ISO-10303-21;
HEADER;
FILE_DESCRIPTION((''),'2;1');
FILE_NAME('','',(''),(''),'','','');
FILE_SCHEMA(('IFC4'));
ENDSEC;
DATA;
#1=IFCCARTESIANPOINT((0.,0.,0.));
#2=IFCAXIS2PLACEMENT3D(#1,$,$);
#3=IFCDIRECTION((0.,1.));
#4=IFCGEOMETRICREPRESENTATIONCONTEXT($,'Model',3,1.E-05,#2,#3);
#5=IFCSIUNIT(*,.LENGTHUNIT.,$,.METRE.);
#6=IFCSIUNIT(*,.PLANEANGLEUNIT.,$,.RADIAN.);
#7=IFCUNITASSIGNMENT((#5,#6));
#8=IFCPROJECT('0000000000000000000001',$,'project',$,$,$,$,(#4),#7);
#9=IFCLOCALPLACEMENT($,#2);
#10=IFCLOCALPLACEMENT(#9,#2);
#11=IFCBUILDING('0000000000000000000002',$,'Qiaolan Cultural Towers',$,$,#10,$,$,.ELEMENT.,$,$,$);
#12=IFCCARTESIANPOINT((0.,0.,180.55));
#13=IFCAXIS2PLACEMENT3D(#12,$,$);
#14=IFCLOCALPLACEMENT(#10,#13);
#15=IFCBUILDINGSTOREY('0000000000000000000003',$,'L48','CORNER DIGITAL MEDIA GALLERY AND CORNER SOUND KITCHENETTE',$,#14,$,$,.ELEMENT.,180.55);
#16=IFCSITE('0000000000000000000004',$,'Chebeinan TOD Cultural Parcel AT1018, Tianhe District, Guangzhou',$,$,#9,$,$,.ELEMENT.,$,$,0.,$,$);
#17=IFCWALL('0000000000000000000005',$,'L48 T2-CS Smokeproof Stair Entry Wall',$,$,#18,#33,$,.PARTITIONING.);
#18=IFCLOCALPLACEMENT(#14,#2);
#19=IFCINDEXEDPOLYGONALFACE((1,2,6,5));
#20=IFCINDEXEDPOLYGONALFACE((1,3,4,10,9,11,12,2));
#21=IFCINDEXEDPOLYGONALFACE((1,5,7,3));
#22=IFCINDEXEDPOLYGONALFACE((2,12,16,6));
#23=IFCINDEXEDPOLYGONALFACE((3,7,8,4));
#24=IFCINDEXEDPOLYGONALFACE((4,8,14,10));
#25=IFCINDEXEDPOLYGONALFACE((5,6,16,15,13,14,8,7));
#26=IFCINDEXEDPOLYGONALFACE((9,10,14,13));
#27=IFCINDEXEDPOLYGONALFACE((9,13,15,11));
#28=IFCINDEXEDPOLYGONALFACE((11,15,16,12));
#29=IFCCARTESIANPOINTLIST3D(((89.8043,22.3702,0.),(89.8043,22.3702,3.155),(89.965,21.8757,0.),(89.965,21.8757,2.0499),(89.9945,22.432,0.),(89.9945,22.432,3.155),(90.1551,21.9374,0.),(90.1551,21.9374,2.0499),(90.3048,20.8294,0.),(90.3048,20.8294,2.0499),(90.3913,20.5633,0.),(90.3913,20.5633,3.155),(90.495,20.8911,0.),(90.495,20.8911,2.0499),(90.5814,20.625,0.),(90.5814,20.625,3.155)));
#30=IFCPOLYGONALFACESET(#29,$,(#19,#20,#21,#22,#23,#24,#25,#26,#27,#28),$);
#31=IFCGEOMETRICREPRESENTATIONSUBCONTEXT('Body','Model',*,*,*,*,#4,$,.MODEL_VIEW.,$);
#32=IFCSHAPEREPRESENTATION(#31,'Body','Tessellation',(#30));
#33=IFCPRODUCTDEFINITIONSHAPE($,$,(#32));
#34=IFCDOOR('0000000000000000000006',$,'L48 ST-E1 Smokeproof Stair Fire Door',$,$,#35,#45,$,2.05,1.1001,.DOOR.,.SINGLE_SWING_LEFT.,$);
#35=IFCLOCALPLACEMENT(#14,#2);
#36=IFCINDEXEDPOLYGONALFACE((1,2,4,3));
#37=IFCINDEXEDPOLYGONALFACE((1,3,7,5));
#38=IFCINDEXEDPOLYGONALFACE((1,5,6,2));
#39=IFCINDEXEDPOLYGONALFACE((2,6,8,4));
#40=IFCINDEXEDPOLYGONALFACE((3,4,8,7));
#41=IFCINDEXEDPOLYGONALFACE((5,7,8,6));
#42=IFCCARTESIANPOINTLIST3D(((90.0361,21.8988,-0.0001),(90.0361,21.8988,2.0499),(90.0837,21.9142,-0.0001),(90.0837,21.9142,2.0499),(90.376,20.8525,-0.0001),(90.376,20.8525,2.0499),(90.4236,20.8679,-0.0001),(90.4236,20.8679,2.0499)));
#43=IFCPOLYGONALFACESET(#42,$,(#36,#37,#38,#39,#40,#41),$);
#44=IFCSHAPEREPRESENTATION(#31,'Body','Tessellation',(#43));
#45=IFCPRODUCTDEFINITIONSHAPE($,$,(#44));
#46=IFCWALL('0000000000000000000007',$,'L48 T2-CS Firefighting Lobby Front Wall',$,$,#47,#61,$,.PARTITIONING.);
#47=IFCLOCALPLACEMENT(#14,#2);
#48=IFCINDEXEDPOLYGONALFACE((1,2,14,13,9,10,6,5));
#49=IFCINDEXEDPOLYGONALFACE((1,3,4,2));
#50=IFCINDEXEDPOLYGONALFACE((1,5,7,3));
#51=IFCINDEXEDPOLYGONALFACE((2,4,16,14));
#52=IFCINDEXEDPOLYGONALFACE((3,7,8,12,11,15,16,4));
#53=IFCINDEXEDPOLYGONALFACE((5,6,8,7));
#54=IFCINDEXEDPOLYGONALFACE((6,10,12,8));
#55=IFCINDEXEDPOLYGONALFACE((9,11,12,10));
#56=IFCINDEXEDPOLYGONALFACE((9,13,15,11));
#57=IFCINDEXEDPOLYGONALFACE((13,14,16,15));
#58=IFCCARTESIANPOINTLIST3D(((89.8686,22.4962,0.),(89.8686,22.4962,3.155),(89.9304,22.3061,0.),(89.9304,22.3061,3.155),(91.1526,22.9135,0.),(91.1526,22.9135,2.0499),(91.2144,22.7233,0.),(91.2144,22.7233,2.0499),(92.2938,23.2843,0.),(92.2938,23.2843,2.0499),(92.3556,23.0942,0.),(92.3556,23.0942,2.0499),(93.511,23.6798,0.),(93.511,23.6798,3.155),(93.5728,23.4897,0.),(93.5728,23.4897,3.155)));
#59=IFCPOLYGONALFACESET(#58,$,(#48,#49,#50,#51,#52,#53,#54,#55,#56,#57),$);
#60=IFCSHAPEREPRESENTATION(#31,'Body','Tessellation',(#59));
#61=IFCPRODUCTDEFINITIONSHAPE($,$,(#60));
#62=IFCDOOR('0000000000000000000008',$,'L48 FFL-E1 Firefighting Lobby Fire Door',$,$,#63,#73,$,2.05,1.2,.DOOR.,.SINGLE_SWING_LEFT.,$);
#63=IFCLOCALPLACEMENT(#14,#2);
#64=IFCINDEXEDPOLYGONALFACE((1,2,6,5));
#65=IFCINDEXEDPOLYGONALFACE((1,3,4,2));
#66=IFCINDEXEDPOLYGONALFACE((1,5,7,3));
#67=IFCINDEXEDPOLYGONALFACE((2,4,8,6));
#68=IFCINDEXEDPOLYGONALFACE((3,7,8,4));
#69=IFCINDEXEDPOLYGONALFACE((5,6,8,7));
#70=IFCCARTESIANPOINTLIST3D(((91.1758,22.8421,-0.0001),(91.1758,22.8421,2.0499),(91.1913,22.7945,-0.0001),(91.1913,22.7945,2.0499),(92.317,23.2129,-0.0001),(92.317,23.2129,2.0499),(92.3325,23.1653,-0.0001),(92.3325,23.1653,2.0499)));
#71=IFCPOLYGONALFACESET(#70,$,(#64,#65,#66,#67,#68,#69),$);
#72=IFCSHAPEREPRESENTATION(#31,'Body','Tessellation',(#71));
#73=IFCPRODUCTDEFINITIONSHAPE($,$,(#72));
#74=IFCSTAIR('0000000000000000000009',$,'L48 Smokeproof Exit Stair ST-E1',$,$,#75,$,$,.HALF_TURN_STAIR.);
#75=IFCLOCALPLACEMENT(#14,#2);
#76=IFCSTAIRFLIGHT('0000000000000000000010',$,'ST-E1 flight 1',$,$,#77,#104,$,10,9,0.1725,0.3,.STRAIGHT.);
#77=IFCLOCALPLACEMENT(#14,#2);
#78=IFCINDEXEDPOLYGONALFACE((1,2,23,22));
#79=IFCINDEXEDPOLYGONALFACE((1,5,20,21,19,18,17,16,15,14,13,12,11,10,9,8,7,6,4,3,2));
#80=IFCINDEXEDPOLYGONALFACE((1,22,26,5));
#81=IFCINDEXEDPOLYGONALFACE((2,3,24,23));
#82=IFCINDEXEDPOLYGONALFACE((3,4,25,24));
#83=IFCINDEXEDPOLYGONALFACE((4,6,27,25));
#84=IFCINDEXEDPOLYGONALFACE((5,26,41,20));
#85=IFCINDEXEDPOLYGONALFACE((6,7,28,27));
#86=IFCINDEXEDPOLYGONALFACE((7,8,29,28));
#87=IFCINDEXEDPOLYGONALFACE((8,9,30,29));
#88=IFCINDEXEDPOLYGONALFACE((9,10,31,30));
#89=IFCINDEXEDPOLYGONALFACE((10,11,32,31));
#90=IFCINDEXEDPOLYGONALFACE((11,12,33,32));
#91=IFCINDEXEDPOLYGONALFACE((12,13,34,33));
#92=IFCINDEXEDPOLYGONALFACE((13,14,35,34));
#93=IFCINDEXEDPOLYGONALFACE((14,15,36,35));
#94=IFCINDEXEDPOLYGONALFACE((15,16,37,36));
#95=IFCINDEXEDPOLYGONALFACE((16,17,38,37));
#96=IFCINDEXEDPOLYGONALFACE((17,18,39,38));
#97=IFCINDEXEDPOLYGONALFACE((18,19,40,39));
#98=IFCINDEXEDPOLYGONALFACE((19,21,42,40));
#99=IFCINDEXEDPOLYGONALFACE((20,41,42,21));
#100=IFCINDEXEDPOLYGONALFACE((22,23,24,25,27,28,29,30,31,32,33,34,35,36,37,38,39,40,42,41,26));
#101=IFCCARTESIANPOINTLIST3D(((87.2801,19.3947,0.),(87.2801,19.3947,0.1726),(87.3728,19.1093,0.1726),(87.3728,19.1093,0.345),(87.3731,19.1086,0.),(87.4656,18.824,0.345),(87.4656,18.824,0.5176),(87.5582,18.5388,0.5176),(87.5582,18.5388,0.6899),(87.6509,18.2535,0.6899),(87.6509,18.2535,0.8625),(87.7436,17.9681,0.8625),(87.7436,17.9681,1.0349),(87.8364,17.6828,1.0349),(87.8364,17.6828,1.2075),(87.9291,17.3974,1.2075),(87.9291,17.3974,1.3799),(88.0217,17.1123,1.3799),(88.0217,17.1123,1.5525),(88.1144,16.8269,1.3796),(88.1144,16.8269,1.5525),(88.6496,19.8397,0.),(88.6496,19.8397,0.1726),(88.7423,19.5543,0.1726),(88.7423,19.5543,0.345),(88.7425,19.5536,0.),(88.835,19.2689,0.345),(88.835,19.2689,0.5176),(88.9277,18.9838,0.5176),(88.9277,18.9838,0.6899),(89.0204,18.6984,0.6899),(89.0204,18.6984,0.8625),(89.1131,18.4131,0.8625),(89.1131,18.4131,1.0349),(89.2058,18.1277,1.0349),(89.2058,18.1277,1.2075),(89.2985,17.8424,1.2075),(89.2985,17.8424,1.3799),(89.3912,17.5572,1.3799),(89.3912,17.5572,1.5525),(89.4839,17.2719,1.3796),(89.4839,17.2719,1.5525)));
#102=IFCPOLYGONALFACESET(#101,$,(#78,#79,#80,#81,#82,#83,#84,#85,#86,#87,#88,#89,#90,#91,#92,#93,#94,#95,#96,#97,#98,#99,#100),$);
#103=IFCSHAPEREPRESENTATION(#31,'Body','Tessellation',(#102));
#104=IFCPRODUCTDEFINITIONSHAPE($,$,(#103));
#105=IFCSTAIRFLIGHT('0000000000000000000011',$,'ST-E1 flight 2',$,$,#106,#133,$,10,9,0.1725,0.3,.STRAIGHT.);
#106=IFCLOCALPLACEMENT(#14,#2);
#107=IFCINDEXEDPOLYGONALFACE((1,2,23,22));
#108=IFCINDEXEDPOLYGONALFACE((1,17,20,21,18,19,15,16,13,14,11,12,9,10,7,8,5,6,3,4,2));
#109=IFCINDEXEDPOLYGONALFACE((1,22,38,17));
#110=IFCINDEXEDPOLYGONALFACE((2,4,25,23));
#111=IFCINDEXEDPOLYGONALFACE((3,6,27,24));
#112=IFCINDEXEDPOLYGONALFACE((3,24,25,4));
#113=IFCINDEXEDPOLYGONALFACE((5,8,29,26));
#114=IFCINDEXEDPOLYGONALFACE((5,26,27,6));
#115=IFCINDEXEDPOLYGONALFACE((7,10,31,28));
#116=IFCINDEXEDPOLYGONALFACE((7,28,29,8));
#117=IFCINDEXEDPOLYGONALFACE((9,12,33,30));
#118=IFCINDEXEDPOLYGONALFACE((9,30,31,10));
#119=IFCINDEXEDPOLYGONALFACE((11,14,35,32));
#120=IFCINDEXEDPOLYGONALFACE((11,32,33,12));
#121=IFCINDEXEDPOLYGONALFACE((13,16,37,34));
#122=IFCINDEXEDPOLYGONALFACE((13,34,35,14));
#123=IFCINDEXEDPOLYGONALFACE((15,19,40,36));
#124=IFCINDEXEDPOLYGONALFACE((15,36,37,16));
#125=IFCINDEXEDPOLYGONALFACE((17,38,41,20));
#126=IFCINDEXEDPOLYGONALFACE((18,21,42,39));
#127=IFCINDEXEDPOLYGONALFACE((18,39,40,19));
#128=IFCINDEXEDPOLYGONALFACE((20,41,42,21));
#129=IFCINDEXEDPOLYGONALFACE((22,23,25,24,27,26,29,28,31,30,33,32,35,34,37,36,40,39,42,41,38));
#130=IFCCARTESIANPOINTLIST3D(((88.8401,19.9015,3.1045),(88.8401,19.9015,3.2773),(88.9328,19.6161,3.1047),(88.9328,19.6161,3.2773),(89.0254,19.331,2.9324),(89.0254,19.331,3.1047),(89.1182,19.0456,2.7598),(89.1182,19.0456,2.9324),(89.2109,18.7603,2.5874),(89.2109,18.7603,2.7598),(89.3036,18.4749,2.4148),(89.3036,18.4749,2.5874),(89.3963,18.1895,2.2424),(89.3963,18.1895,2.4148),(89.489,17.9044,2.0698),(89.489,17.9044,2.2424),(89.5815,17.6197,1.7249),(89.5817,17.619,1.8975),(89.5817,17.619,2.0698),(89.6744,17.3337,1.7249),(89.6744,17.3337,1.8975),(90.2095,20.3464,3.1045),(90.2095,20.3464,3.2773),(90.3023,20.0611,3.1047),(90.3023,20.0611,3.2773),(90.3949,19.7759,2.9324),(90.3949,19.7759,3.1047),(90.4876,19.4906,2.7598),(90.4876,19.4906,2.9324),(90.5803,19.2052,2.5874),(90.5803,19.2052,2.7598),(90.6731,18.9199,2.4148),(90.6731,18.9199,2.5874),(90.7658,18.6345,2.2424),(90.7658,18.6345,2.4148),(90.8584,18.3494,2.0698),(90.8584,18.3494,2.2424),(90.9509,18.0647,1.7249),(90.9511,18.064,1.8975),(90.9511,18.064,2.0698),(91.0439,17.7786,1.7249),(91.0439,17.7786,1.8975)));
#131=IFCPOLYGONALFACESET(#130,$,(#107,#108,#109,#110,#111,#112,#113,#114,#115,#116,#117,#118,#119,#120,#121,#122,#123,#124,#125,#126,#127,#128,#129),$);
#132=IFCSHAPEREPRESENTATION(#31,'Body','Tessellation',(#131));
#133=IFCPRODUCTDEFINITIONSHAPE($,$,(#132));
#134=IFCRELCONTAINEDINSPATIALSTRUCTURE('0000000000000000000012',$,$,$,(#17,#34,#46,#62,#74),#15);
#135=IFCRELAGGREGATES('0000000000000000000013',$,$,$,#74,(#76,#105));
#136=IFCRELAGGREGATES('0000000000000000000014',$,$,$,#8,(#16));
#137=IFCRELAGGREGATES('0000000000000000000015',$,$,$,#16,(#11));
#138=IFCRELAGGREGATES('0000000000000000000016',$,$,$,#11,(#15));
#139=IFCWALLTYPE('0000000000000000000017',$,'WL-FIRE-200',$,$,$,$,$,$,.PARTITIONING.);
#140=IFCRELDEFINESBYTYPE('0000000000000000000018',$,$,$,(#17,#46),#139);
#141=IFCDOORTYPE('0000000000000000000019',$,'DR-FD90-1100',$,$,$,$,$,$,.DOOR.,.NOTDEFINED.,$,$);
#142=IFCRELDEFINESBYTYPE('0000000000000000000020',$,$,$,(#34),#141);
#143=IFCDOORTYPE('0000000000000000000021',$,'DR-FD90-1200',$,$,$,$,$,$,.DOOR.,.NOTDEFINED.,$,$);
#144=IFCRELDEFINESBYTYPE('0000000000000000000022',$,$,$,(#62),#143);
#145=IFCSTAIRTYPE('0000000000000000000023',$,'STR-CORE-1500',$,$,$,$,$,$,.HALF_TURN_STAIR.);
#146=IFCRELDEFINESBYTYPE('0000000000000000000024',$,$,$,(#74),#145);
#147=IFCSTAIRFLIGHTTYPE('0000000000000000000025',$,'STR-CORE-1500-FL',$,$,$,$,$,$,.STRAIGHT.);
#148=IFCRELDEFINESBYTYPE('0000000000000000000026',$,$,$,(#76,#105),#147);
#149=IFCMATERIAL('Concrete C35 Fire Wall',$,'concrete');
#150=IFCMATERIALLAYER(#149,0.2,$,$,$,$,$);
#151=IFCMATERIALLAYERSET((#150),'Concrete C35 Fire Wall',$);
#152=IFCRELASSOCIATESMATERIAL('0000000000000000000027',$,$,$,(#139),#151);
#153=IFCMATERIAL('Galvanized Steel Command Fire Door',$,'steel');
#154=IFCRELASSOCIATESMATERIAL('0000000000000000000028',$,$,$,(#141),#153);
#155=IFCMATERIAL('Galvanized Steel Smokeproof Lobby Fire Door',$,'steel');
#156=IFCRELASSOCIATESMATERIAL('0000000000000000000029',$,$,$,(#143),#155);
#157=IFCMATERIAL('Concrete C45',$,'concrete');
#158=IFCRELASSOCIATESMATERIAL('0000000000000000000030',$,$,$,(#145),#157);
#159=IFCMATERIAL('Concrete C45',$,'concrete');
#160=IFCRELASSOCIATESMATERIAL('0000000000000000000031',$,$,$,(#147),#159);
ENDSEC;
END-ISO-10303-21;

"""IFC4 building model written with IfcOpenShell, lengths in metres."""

from ifc_helpers import new_model, si_unit, direction, frame, frame_2d, origin, place, context, subcontext, project, spatial, polyline, rectangle, outline, extrude, material, layer, layer_set, type_object, element, fill, aggregate, save


model = new_model("IFC4")

# Units and contexts
model_context = context("Model", 3, precision=1e-05, world=origin(), true_north=direction((0.0, 1.0)))
body_context = subcontext(model_context, "Body", "Model", "MODEL_VIEW")
ifc_project = project(units=[si_unit("LENGTHUNIT", "METRE"), si_unit("PLANEANGLEUNIT", "RADIAN")], contexts=[model_context])

# Site, building, storey
site_placement = place(None, origin())
site = spatial("IfcSite", under=ifc_project, at=site_placement, Name="Chebeinan TOD Cultural Parcel AT1018, Tianhe District, Guangzhou", CompositionType="ELEMENT", RefElevation=0.0)
building_placement = place(site_placement, origin())
building = spatial("IfcBuilding", under=site, at=building_placement, Name="Qiaolan Cultural Towers", CompositionType="ELEMENT")
storey_placement = place(building_placement, frame((0.0, 0.0, 180.55)))
storey = spatial("IfcBuildingStorey", under=building, at=storey_placement, Name="L48", Description="CORNER DIGITAL MEDIA GALLERY AND CORNER SOUND KITCHENETTE", CompositionType="ELEMENT", Elevation=180.55)

# Walls, openings, doors
ifc_material_1 = material(Name="Concrete C35 Fire Wall", Category="concrete")
ifc_layer_1 = layer(ifc_material_1, 0.2)
ifc_layer_set_1 = layer_set([ifc_layer_1], Name="Concrete C35 Fire Wall")
wall_type_1 = type_object("IfcWallType", Name="WL-FIRE-200", PredefinedType="PARTITIONING", material=ifc_layer_set_1)
wall_1_placement = place(storey_placement, frame((89.8994, 22.4011, 0.0), z_axis=(0.0, 0.0, 1.0), x_axis=(0.308932, -0.951084, 0.0)))
wall_1 = element("IfcWall", 1, at=wall_1_placement, inside=storey, type_object=wall_type_1, Name="L48 T2-CS Smokeproof Stair Entry Wall", PredefinedType="PARTITIONING", context=body_context, shape_type="SweptSolid", body=[
    extrude(rectangle(XDim=1.8999, YDim=0.2, at=frame_2d((0.95, 0.0))), origin(), (0.0, 0.0, 1.0), 3.155),
])
opening_1_placement = place(wall_1_placement, frame((0.52, 0.0, 0.0)))
opening_1 = element("IfcOpeningElement", 2, at=opening_1_placement, cuts=wall_1, PredefinedType="OPENING", context=body_context, shape_type="SweptSolid", body=[
    extrude(rectangle(XDim=1.1001, YDim=2.05, at=frame_2d((0.55, 1.0249))), frame((0.0, 0.1099, 0.0), z_axis=(0.0, -1.0, 0.0), x_axis=(1.0, 0.0, 0.0)), (0.0, 0.0, 1.0), 0.22),
])
ifc_material_2 = material(Name="Galvanized Steel Command Fire Door", Category="steel")
door_type_1 = type_object("IfcDoorType", Name="DR-FD90-1100", OperationType="NOTDEFINED", PredefinedType="DOOR", material=ifc_material_2)
door_1_placement = place(opening_1_placement, origin())
door_1 = element("IfcDoor", 3, at=door_1_placement, inside=storey, type_object=door_type_1, Name="L48 ST-E1 Smokeproof Stair Fire Door", OperationType="SINGLE_SWING_LEFT", OverallHeight=2.05, OverallWidth=1.1001, PredefinedType="DOOR", context=body_context, shape_type="SweptSolid", body=[
    extrude(rectangle(XDim=1.1001, YDim=2.05, at=frame_2d((0.55, 1.0249))), frame((0.0, 0.0249, 0.0), z_axis=(0.0, -1.0, 0.0), x_axis=(1.0, 0.0, 0.0)), (0.0, 0.0, 1.0), 0.05),
])
fill(opening_1, door_1)
wall_2_placement = place(storey_placement, frame((89.8994, 22.4011, 0.0), z_axis=(0.0, 0.0, 1.0), x_axis=(0.951047, 0.309047, 0.0)))
wall_2 = element("IfcWall", 4, at=wall_2_placement, inside=storey, type_object=wall_type_1, Name="L48 T2-CS Firefighting Lobby Front Wall", PredefinedType="PARTITIONING", context=body_context, shape_type="SweptSolid", body=[
    extrude(rectangle(XDim=3.8298, YDim=0.2, at=frame_2d((1.915, 0.0))), origin(), (0.0, 0.0, 1.0), 3.155),
])
opening_2_placement = place(wall_2_placement, frame((1.3501, 0.0, 0.0)))
opening_2 = element("IfcOpeningElement", 5, at=opening_2_placement, cuts=wall_2, PredefinedType="OPENING", context=body_context, shape_type="SweptSolid", body=[
    extrude(rectangle(XDim=1.2, YDim=2.05, at=frame_2d((0.6001, 1.0249))), frame((0.0, 0.1099, 0.0), z_axis=(0.0, -1.0, 0.0), x_axis=(1.0, 0.0, 0.0)), (0.0, 0.0, 1.0), 0.22),
])
ifc_material_3 = material(Name="Galvanized Steel Smokeproof Lobby Fire Door", Category="steel")
door_type_2 = type_object("IfcDoorType", Name="DR-FD90-1200", OperationType="NOTDEFINED", PredefinedType="DOOR", material=ifc_material_3)
door_2_placement = place(opening_2_placement, origin())
door_2 = element("IfcDoor", 6, at=door_2_placement, inside=storey, type_object=door_type_2, Name="L48 FFL-E1 Firefighting Lobby Fire Door", OperationType="SINGLE_SWING_LEFT", OverallHeight=2.05, OverallWidth=1.2, PredefinedType="DOOR", context=body_context, shape_type="SweptSolid", body=[
    extrude(rectangle(XDim=1.2, YDim=2.05, at=frame_2d((0.6001, 1.0249))), frame((0.0, 0.0249, 0.0), z_axis=(0.0, -1.0, 0.0), x_axis=(1.0, 0.0, 0.0)), (0.0, 0.0, 1.0), 0.05),
])
fill(opening_2, door_2)

# Stair, stair flights
ifc_material_4 = material(Name="Concrete C45", Category="concrete")
stair_type = type_object("IfcStairType", Name="STR-CORE-1500", PredefinedType="HALF_TURN_STAIR", material=ifc_material_4)
stair_placement = place(storey_placement, origin())
stair = element("IfcStair", 7, at=stair_placement, inside=storey, type_object=stair_type, Name="L48 Smokeproof Exit Stair ST-E1", PredefinedType="HALF_TURN_STAIR")
ifc_material_5 = material(Name="Concrete C45", Category="concrete")
stair_flight_type = type_object("IfcStairFlightType", Name="STR-CORE-1500-FL", PredefinedType="STRAIGHT", material=ifc_material_5)
stair_flight_1_placement = place(storey_placement, frame((87.9648, 19.6172, 0.0), z_axis=(0.0, 0.0, 1.0), x_axis=(0.309017, -0.951057, 0.0)))
stair_flight_1 = element("IfcStairFlight", 8, at=stair_flight_1_placement, type_object=stair_flight_type, Name="ST-E1 flight 1", NumberOfRisers=10, NumberOfTreads=9, PredefinedType="STRAIGHT", RiserHeight=0.1725, TreadLength=0.3, context=body_context, shape_type="SweptSolid", body=[
    extrude(outline(polyline([(0.0, 0.0), (0.0, 0.1726), (0.3, 0.1726), (0.3, 0.345), (0.6001, 0.345), (0.6001, 0.5176), (0.8999, 0.5176), (0.8999, 0.6899), (1.2, 0.6899), (1.2, 0.8625), (1.5, 0.8625), (1.5, 1.0349), (1.8, 1.0349), (1.8, 1.2075), (2.1001, 1.2075), (2.1001, 1.3799), (2.3999, 1.3799), (2.3999, 1.5525), (2.7, 1.5525), (2.7, 1.7251), (2.7, 1.3796), (0.3008, 0.0), (0.0, 0.0)])), frame((0.0, 0.72, 0.0), z_axis=(0.0, -1.0, 0.0), x_axis=(1.0, 0.0, 0.0)), (0.0, 0.0, 1.0), 1.4399),
])
stair_flight_2_placement = place(storey_placement, frame((90.3591, 17.5562, 1.7249), z_axis=(0.0, 0.0, 1.0), x_axis=(-0.309017, 0.951057, 0.0)))
stair_flight_2 = element("IfcStairFlight", 9, at=stair_flight_2_placement, type_object=stair_flight_type, Name="ST-E1 flight 2", NumberOfRisers=10, NumberOfTreads=9, PredefinedType="STRAIGHT", RiserHeight=0.1725, TreadLength=0.3, context=body_context, shape_type="SweptSolid", body=[
    extrude(outline(polyline([(0.0, 0.0), (0.0, 0.1726), (0.3, 0.1726), (0.3, 0.345), (0.6001, 0.345), (0.6001, 0.5176), (0.8999, 0.5176), (0.8999, 0.6899), (1.2, 0.6899), (1.2, 0.8625), (1.5, 0.8625), (1.5, 1.0349), (1.8, 1.0349), (1.8, 1.2075), (2.1001, 1.2075), (2.1001, 1.3799), (2.3999, 1.3799), (2.3999, 1.5525), (2.7, 1.5525), (2.7, 1.7251), (2.7, 1.3796), (0.3008, 0.0), (0.0, 0.0)])), frame((0.0, 0.72, 0.0), z_axis=(0.0, -1.0, 0.0), x_axis=(1.0, 0.0, 0.0)), (0.0, 0.0, 1.0), 1.4399),
])
aggregate(stair, [stair_flight_1, stair_flight_2])

save(model, "model.ifc")
